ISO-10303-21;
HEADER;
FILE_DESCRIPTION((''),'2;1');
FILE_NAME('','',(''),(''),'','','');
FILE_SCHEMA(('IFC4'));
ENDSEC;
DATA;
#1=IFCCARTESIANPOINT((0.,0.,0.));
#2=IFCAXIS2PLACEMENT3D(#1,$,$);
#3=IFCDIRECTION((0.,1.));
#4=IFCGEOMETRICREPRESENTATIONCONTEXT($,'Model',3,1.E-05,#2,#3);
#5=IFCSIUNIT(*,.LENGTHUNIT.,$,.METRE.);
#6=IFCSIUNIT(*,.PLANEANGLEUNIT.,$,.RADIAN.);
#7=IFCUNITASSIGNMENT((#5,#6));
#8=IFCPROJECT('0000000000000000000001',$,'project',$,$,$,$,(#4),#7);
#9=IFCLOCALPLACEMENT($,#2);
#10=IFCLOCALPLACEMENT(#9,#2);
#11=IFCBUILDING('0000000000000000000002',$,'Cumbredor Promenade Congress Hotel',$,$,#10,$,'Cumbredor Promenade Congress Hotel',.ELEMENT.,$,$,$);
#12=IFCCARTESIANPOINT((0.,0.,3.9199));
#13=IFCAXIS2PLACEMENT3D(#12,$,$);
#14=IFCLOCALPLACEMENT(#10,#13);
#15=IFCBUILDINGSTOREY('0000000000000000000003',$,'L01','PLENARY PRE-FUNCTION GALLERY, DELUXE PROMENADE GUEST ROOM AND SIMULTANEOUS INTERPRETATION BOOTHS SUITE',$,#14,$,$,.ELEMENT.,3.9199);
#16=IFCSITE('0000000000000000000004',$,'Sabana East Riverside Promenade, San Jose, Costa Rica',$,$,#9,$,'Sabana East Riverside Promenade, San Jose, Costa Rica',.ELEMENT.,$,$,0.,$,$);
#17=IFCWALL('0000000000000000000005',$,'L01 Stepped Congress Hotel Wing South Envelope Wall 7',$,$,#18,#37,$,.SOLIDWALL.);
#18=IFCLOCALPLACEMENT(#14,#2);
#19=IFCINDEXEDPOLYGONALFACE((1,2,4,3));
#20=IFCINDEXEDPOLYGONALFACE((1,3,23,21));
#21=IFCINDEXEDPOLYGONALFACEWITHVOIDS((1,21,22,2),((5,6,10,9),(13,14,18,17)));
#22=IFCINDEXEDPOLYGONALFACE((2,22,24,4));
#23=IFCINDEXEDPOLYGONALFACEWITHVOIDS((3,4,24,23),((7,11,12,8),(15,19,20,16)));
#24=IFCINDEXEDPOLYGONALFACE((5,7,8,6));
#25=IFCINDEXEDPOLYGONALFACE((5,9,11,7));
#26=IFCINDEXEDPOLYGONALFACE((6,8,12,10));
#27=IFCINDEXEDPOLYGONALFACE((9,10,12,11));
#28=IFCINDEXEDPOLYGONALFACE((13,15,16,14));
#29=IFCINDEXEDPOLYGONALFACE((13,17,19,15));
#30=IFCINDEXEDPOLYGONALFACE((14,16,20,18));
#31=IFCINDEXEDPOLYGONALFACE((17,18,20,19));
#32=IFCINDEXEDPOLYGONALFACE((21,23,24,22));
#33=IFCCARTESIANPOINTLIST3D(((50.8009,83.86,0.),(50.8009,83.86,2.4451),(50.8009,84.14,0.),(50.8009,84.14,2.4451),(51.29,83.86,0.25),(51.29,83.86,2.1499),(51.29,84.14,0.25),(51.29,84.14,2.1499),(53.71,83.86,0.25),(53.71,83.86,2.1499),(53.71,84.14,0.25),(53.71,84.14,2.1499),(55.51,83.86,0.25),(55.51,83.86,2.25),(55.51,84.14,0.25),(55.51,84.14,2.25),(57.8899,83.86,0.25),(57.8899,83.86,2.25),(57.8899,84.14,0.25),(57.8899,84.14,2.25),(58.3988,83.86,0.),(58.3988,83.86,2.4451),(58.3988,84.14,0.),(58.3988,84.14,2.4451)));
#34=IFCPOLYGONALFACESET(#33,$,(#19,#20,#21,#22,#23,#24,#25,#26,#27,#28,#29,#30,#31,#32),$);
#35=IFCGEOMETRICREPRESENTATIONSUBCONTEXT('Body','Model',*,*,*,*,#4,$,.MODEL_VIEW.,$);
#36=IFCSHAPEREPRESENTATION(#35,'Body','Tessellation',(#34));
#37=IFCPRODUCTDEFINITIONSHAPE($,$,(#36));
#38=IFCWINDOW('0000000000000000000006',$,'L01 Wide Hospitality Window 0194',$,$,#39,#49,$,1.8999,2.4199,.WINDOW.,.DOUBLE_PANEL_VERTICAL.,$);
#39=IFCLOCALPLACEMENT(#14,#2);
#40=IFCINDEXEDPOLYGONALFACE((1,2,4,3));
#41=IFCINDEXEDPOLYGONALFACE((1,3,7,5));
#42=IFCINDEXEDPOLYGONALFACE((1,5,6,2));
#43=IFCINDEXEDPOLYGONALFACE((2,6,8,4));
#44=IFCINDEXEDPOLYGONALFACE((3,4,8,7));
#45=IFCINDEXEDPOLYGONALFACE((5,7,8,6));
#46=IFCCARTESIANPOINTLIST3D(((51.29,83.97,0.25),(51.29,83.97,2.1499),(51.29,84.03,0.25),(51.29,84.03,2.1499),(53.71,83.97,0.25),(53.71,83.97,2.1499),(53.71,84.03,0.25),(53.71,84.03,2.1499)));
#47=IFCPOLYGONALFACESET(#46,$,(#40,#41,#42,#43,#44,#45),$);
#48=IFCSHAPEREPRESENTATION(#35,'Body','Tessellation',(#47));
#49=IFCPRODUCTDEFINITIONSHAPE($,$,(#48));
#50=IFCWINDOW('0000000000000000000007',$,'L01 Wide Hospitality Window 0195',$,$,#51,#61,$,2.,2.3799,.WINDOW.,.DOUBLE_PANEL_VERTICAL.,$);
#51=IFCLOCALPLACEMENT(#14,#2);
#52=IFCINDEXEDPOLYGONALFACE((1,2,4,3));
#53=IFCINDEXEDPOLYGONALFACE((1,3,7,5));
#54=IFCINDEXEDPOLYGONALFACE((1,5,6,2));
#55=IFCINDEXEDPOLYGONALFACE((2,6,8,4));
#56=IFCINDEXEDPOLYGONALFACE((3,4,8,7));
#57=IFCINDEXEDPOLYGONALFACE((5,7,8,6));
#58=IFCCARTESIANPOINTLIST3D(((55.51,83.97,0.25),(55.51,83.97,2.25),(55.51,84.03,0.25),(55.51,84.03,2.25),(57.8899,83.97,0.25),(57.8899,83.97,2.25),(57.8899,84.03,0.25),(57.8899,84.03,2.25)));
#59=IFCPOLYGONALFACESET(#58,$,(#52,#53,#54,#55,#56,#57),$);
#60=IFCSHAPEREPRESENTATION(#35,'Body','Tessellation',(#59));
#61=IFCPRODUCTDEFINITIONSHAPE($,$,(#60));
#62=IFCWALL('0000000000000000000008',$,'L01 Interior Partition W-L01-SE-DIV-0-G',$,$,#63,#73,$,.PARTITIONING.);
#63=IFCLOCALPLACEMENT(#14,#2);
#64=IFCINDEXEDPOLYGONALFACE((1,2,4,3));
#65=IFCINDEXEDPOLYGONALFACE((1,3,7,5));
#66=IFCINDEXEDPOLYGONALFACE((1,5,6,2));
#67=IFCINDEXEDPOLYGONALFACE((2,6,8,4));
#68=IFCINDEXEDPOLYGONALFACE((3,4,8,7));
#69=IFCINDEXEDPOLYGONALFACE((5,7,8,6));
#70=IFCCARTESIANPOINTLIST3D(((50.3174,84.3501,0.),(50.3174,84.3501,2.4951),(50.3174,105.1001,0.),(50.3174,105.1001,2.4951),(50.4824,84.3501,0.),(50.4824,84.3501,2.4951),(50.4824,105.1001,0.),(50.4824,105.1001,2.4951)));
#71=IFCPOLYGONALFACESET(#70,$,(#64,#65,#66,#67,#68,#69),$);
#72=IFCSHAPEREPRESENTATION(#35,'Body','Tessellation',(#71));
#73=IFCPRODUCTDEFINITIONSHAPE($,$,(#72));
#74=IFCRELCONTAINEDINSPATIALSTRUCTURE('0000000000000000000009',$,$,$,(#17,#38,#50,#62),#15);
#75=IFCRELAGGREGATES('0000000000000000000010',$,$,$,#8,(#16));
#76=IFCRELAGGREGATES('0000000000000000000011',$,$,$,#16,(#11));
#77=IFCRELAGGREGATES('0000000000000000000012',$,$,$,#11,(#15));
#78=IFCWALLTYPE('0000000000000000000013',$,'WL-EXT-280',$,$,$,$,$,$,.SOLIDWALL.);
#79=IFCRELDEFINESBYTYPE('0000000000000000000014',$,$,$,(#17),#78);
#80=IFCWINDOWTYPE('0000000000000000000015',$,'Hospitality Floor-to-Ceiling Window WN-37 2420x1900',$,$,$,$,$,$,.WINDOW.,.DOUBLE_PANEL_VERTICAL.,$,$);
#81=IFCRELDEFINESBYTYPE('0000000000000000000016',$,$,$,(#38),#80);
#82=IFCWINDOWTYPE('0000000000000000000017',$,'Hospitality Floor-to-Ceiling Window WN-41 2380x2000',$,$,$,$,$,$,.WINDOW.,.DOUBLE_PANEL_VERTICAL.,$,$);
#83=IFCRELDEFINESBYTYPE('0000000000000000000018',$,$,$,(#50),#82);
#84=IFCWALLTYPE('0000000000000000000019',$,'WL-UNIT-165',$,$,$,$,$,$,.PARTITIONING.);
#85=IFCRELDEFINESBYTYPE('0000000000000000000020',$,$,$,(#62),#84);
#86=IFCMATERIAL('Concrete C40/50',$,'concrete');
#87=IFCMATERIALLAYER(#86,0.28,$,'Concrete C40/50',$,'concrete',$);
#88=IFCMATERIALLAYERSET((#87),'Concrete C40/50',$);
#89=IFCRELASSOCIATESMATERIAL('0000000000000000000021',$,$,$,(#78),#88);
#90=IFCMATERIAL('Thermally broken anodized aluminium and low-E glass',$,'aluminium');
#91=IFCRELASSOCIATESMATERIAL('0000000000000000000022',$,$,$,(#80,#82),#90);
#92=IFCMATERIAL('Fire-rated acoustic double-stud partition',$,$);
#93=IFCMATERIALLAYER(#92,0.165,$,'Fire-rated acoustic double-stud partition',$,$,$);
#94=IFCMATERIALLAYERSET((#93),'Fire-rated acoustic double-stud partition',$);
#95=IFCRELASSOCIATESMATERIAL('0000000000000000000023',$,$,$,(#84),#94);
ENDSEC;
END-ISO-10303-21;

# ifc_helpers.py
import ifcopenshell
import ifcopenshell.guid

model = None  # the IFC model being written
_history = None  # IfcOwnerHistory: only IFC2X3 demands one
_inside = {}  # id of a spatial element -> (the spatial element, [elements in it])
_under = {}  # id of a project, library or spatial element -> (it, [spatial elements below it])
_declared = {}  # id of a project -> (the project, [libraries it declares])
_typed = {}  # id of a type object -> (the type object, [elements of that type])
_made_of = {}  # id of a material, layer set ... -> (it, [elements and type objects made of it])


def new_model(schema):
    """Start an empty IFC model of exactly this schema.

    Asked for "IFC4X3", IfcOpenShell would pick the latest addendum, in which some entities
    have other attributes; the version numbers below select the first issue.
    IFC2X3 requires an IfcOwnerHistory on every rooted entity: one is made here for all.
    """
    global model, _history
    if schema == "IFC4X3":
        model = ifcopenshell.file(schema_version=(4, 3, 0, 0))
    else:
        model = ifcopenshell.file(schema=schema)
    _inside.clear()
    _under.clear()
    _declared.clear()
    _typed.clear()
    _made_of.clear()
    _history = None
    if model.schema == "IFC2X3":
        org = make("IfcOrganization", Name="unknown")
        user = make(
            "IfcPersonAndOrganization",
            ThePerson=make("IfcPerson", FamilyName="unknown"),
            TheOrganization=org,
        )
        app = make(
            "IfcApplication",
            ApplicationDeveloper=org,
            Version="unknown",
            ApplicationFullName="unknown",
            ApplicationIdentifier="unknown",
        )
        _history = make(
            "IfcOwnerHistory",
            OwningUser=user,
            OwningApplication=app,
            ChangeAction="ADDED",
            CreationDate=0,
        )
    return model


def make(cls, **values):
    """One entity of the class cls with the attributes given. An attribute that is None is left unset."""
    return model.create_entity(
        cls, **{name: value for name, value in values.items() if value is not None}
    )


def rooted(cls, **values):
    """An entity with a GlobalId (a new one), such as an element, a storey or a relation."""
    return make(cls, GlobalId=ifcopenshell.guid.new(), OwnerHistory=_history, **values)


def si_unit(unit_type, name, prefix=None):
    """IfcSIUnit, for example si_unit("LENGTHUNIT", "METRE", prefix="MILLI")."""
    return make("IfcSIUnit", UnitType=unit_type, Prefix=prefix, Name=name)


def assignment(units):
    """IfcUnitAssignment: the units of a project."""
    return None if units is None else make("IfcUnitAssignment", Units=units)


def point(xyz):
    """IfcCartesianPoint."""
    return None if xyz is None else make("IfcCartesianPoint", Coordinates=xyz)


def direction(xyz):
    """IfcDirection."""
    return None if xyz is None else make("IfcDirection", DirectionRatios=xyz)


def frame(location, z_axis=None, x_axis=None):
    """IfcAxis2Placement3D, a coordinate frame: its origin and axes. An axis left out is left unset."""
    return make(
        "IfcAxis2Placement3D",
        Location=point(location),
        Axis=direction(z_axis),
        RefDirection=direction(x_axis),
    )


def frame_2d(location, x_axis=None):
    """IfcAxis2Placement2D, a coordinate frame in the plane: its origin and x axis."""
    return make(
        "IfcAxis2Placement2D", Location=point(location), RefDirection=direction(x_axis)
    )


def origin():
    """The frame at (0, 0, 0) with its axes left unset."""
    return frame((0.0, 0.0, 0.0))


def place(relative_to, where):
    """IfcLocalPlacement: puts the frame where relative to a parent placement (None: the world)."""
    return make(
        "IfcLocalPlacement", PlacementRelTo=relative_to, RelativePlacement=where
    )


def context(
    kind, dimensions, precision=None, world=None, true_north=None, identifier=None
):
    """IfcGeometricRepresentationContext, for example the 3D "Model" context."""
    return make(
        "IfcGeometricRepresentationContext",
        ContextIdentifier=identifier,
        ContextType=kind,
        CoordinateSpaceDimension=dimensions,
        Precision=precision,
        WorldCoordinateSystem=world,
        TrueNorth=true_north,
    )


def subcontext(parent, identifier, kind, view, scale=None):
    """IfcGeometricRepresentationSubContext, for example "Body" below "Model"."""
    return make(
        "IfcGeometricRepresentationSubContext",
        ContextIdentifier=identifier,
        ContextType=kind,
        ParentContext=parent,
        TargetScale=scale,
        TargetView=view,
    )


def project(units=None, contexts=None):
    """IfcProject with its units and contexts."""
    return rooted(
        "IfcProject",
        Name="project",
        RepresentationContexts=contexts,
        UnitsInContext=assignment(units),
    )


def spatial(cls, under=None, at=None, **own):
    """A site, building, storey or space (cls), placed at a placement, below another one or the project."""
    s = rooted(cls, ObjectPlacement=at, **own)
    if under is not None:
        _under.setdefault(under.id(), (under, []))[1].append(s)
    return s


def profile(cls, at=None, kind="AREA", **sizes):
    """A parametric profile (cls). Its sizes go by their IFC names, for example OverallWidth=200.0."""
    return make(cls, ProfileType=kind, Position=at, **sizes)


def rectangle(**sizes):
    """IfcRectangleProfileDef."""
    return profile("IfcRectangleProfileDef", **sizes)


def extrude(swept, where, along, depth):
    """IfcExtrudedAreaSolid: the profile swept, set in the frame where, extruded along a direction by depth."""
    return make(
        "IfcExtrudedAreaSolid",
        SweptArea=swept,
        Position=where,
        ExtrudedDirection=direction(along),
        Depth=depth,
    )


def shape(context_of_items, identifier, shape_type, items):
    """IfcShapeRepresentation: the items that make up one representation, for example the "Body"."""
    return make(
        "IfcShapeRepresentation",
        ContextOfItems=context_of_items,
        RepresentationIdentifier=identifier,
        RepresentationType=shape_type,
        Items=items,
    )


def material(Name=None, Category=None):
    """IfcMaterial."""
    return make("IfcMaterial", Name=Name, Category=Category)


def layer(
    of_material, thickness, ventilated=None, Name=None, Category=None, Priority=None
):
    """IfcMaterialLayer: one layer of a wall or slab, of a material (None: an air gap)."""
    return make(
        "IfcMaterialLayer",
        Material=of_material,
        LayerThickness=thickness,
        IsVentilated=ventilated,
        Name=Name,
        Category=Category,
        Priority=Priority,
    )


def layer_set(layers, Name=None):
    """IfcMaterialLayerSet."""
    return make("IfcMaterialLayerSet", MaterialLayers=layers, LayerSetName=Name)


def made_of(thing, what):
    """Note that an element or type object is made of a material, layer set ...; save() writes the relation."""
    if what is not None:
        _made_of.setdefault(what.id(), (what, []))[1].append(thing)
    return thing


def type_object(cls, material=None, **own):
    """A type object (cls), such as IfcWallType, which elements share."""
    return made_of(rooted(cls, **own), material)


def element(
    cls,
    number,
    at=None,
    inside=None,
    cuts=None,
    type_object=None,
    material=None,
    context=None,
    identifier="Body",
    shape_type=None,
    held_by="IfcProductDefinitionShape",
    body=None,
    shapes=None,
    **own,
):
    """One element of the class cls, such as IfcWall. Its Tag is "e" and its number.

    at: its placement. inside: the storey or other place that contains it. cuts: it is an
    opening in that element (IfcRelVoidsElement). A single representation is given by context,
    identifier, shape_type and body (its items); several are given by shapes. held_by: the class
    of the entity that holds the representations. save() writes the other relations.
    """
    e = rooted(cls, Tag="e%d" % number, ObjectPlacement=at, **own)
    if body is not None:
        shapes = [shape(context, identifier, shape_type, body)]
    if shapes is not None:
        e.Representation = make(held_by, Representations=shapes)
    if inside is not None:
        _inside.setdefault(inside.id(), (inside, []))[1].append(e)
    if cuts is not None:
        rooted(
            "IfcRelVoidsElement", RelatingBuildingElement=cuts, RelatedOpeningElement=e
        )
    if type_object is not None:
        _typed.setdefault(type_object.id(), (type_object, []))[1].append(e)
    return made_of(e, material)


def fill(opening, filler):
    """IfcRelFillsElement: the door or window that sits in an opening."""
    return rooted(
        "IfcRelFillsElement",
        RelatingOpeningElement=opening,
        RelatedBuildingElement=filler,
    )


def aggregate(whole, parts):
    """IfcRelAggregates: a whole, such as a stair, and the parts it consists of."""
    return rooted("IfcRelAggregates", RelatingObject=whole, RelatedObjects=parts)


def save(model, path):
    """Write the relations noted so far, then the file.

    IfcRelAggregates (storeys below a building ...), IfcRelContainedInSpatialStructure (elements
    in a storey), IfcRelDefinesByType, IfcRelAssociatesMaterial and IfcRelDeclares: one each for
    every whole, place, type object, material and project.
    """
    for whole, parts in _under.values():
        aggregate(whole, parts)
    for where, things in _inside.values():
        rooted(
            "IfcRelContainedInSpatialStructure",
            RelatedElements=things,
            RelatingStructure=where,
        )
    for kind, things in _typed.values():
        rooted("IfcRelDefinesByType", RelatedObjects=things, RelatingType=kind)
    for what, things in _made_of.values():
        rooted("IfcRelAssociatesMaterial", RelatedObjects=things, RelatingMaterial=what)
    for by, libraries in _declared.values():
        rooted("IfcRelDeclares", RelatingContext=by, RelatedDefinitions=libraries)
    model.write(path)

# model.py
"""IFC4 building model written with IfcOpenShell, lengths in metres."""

from ifc_helpers import new_model, si_unit, direction, frame, frame_2d, origin, place, context, subcontext, project, spatial, rectangle, extrude, material, layer, layer_set, type_object, element, fill, save


model = new_model("IFC4")

# Units and contexts
model_context = context("Model", 3, precision=1e-05, world=origin(), true_north=direction((0.0, 1.0)))
body_context = subcontext(model_context, "Body", "Model", "MODEL_VIEW")
ifc_project = project(units=[si_unit("LENGTHUNIT", "METRE"), si_unit("PLANEANGLEUNIT", "RADIAN")], contexts=[model_context])

# Site, building, storey
site_placement = place(None, origin())
site = spatial("IfcSite", under=ifc_project, at=site_placement, Name="Sabana East Riverside Promenade, San Jose, Costa Rica", LongName="Sabana East Riverside Promenade, San Jose, Costa Rica", CompositionType="ELEMENT", RefElevation=0.0)
building_placement = place(site_placement, origin())
building = spatial("IfcBuilding", under=site, at=building_placement, Name="Cumbredor Promenade Congress Hotel", LongName="Cumbredor Promenade Congress Hotel", CompositionType="ELEMENT")
storey_placement = place(building_placement, frame((0.0, 0.0, 3.9199)))
storey = spatial("IfcBuildingStorey", under=building, at=storey_placement, Name="L01", Description="PLENARY PRE-FUNCTION GALLERY, DELUXE PROMENADE GUEST ROOM AND SIMULTANEOUS INTERPRETATION BOOTHS SUITE", CompositionType="ELEMENT", Elevation=3.9199)

# Shared definitions
ifc_material_1 = material(Name="Concrete C40/50", Category="concrete")

# Shared definitions
ifc_material_2 = material(Name="Thermally broken anodized aluminium and low-E glass", Category="aluminium")

# Wall, openings, windows
ifc_layer_1 = layer(ifc_material_1, 0.28, Name="Concrete C40/50", Category="concrete")
ifc_layer_set_1 = layer_set([ifc_layer_1], Name="Concrete C40/50")
wall_type_1 = type_object("IfcWallType", Name="WL-EXT-280", PredefinedType="SOLIDWALL", material=ifc_layer_set_1)
wall_1_placement = place(storey_placement, frame((50.801, 84.0, 0.0), z_axis=(0.0, 0.0, 1.0), x_axis=(1.0, 0.0, 0.0)))
wall_1 = element("IfcWall", 1, at=wall_1_placement, inside=storey, type_object=wall_type_1, Name="L01 Stepped Congress Hotel Wing South Envelope Wall 7", PredefinedType="SOLIDWALL", context=body_context, shape_type="SweptSolid", body=[
    extrude(rectangle(XDim=7.5979, YDim=0.28, at=frame_2d((3.7988, 0.0))), origin(), (0.0, 0.0, 1.0), 2.4451),
])
opening_1_placement = place(wall_1_placement, frame((0.489, 0.0, 0.25)))
opening_1 = element("IfcOpeningElement", 2, at=opening_1_placement, cuts=wall_1, PredefinedType="OPENING", context=body_context, shape_type="SweptSolid", body=[
    extrude(rectangle(XDim=2.4199, YDim=1.8999, at=frame_2d((1.21, 0.95))), frame((0.0, 0.1499, 0.0), z_axis=(0.0, -1.0, 0.0), x_axis=(1.0, 0.0, 0.0)), (0.0, 0.0, 1.0), 0.3),
])
opening_2_placement = place(wall_1_placement, frame((4.709, 0.0, 0.25)))
opening_2 = element("IfcOpeningElement", 3, at=opening_2_placement, cuts=wall_1, PredefinedType="OPENING", context=body_context, shape_type="SweptSolid", body=[
    extrude(rectangle(XDim=2.3799, YDim=2.0, at=frame_2d((1.1899, 1.0))), frame((0.0, 0.1499, 0.0), z_axis=(0.0, -1.0, 0.0), x_axis=(1.0, 0.0, 0.0)), (0.0, 0.0, 1.0), 0.3),
])
window_type_1 = type_object("IfcWindowType", Name="Hospitality Floor-to-Ceiling Window WN-37 2420x1900", PartitioningType="DOUBLE_PANEL_VERTICAL", PredefinedType="WINDOW", material=ifc_material_2)
window_1_placement = place(opening_1_placement, origin())
window_1 = element("IfcWindow", 4, at=window_1_placement, inside=storey, type_object=window_type_1, Name="L01 Wide Hospitality Window 0194", OverallHeight=1.8999, OverallWidth=2.4199, PartitioningType="DOUBLE_PANEL_VERTICAL", PredefinedType="WINDOW", context=body_context, shape_type="SweptSolid", body=[
    extrude(rectangle(XDim=2.4199, YDim=1.8999, at=frame_2d((1.21, 0.95))), frame((0.0, 0.03, 0.0), z_axis=(0.0, -1.0, 0.0), x_axis=(1.0, 0.0, 0.0)), (0.0, 0.0, 1.0), 0.0601),
])
fill(opening_1, window_1)
window_type_2 = type_object("IfcWindowType", Name="Hospitality Floor-to-Ceiling Window WN-41 2380x2000", PartitioningType="DOUBLE_PANEL_VERTICAL", PredefinedType="WINDOW", material=ifc_material_2)
window_2_placement = place(opening_2_placement, origin())
window_2 = element("IfcWindow", 5, at=window_2_placement, inside=storey, type_object=window_type_2, Name="L01 Wide Hospitality Window 0195", OverallHeight=2.0, OverallWidth=2.3799, PartitioningType="DOUBLE_PANEL_VERTICAL", PredefinedType="WINDOW", context=body_context, shape_type="SweptSolid", body=[
    extrude(rectangle(XDim=2.3799, YDim=2.0, at=frame_2d((1.1899, 1.0))), frame((0.0, 0.03, 0.0), z_axis=(0.0, -1.0, 0.0), x_axis=(1.0, 0.0, 0.0)), (0.0, 0.0, 1.0), 0.0601),
])
fill(opening_2, window_2)

# Wall
ifc_material_3 = material(Name="Fire-rated acoustic double-stud partition")
ifc_layer_2 = layer(ifc_material_3, 0.165, Name="Fire-rated acoustic double-stud partition")
ifc_layer_set_2 = layer_set([ifc_layer_2], Name="Fire-rated acoustic double-stud partition")
wall_type_2 = type_object("IfcWallType", Name="WL-UNIT-165", PredefinedType="PARTITIONING", material=ifc_layer_set_2)
wall_2_placement = place(storey_placement, frame((50.3999, 84.3501, 0.0), z_axis=(0.0, 0.0, 1.0), x_axis=(0.0, 1.0, 0.0)))
element("IfcWall", 6, at=wall_2_placement, inside=storey, type_object=wall_type_2, Name="L01 Interior Partition W-L01-SE-DIV-0-G", PredefinedType="PARTITIONING", context=body_context, shape_type="SweptSolid", body=[
    extrude(rectangle(XDim=20.75, YDim=0.165, at=frame_2d((10.375, 0.0))), origin(), (0.0, 0.0, 1.0), 2.4951),
])

save(model, "model.ifc")
